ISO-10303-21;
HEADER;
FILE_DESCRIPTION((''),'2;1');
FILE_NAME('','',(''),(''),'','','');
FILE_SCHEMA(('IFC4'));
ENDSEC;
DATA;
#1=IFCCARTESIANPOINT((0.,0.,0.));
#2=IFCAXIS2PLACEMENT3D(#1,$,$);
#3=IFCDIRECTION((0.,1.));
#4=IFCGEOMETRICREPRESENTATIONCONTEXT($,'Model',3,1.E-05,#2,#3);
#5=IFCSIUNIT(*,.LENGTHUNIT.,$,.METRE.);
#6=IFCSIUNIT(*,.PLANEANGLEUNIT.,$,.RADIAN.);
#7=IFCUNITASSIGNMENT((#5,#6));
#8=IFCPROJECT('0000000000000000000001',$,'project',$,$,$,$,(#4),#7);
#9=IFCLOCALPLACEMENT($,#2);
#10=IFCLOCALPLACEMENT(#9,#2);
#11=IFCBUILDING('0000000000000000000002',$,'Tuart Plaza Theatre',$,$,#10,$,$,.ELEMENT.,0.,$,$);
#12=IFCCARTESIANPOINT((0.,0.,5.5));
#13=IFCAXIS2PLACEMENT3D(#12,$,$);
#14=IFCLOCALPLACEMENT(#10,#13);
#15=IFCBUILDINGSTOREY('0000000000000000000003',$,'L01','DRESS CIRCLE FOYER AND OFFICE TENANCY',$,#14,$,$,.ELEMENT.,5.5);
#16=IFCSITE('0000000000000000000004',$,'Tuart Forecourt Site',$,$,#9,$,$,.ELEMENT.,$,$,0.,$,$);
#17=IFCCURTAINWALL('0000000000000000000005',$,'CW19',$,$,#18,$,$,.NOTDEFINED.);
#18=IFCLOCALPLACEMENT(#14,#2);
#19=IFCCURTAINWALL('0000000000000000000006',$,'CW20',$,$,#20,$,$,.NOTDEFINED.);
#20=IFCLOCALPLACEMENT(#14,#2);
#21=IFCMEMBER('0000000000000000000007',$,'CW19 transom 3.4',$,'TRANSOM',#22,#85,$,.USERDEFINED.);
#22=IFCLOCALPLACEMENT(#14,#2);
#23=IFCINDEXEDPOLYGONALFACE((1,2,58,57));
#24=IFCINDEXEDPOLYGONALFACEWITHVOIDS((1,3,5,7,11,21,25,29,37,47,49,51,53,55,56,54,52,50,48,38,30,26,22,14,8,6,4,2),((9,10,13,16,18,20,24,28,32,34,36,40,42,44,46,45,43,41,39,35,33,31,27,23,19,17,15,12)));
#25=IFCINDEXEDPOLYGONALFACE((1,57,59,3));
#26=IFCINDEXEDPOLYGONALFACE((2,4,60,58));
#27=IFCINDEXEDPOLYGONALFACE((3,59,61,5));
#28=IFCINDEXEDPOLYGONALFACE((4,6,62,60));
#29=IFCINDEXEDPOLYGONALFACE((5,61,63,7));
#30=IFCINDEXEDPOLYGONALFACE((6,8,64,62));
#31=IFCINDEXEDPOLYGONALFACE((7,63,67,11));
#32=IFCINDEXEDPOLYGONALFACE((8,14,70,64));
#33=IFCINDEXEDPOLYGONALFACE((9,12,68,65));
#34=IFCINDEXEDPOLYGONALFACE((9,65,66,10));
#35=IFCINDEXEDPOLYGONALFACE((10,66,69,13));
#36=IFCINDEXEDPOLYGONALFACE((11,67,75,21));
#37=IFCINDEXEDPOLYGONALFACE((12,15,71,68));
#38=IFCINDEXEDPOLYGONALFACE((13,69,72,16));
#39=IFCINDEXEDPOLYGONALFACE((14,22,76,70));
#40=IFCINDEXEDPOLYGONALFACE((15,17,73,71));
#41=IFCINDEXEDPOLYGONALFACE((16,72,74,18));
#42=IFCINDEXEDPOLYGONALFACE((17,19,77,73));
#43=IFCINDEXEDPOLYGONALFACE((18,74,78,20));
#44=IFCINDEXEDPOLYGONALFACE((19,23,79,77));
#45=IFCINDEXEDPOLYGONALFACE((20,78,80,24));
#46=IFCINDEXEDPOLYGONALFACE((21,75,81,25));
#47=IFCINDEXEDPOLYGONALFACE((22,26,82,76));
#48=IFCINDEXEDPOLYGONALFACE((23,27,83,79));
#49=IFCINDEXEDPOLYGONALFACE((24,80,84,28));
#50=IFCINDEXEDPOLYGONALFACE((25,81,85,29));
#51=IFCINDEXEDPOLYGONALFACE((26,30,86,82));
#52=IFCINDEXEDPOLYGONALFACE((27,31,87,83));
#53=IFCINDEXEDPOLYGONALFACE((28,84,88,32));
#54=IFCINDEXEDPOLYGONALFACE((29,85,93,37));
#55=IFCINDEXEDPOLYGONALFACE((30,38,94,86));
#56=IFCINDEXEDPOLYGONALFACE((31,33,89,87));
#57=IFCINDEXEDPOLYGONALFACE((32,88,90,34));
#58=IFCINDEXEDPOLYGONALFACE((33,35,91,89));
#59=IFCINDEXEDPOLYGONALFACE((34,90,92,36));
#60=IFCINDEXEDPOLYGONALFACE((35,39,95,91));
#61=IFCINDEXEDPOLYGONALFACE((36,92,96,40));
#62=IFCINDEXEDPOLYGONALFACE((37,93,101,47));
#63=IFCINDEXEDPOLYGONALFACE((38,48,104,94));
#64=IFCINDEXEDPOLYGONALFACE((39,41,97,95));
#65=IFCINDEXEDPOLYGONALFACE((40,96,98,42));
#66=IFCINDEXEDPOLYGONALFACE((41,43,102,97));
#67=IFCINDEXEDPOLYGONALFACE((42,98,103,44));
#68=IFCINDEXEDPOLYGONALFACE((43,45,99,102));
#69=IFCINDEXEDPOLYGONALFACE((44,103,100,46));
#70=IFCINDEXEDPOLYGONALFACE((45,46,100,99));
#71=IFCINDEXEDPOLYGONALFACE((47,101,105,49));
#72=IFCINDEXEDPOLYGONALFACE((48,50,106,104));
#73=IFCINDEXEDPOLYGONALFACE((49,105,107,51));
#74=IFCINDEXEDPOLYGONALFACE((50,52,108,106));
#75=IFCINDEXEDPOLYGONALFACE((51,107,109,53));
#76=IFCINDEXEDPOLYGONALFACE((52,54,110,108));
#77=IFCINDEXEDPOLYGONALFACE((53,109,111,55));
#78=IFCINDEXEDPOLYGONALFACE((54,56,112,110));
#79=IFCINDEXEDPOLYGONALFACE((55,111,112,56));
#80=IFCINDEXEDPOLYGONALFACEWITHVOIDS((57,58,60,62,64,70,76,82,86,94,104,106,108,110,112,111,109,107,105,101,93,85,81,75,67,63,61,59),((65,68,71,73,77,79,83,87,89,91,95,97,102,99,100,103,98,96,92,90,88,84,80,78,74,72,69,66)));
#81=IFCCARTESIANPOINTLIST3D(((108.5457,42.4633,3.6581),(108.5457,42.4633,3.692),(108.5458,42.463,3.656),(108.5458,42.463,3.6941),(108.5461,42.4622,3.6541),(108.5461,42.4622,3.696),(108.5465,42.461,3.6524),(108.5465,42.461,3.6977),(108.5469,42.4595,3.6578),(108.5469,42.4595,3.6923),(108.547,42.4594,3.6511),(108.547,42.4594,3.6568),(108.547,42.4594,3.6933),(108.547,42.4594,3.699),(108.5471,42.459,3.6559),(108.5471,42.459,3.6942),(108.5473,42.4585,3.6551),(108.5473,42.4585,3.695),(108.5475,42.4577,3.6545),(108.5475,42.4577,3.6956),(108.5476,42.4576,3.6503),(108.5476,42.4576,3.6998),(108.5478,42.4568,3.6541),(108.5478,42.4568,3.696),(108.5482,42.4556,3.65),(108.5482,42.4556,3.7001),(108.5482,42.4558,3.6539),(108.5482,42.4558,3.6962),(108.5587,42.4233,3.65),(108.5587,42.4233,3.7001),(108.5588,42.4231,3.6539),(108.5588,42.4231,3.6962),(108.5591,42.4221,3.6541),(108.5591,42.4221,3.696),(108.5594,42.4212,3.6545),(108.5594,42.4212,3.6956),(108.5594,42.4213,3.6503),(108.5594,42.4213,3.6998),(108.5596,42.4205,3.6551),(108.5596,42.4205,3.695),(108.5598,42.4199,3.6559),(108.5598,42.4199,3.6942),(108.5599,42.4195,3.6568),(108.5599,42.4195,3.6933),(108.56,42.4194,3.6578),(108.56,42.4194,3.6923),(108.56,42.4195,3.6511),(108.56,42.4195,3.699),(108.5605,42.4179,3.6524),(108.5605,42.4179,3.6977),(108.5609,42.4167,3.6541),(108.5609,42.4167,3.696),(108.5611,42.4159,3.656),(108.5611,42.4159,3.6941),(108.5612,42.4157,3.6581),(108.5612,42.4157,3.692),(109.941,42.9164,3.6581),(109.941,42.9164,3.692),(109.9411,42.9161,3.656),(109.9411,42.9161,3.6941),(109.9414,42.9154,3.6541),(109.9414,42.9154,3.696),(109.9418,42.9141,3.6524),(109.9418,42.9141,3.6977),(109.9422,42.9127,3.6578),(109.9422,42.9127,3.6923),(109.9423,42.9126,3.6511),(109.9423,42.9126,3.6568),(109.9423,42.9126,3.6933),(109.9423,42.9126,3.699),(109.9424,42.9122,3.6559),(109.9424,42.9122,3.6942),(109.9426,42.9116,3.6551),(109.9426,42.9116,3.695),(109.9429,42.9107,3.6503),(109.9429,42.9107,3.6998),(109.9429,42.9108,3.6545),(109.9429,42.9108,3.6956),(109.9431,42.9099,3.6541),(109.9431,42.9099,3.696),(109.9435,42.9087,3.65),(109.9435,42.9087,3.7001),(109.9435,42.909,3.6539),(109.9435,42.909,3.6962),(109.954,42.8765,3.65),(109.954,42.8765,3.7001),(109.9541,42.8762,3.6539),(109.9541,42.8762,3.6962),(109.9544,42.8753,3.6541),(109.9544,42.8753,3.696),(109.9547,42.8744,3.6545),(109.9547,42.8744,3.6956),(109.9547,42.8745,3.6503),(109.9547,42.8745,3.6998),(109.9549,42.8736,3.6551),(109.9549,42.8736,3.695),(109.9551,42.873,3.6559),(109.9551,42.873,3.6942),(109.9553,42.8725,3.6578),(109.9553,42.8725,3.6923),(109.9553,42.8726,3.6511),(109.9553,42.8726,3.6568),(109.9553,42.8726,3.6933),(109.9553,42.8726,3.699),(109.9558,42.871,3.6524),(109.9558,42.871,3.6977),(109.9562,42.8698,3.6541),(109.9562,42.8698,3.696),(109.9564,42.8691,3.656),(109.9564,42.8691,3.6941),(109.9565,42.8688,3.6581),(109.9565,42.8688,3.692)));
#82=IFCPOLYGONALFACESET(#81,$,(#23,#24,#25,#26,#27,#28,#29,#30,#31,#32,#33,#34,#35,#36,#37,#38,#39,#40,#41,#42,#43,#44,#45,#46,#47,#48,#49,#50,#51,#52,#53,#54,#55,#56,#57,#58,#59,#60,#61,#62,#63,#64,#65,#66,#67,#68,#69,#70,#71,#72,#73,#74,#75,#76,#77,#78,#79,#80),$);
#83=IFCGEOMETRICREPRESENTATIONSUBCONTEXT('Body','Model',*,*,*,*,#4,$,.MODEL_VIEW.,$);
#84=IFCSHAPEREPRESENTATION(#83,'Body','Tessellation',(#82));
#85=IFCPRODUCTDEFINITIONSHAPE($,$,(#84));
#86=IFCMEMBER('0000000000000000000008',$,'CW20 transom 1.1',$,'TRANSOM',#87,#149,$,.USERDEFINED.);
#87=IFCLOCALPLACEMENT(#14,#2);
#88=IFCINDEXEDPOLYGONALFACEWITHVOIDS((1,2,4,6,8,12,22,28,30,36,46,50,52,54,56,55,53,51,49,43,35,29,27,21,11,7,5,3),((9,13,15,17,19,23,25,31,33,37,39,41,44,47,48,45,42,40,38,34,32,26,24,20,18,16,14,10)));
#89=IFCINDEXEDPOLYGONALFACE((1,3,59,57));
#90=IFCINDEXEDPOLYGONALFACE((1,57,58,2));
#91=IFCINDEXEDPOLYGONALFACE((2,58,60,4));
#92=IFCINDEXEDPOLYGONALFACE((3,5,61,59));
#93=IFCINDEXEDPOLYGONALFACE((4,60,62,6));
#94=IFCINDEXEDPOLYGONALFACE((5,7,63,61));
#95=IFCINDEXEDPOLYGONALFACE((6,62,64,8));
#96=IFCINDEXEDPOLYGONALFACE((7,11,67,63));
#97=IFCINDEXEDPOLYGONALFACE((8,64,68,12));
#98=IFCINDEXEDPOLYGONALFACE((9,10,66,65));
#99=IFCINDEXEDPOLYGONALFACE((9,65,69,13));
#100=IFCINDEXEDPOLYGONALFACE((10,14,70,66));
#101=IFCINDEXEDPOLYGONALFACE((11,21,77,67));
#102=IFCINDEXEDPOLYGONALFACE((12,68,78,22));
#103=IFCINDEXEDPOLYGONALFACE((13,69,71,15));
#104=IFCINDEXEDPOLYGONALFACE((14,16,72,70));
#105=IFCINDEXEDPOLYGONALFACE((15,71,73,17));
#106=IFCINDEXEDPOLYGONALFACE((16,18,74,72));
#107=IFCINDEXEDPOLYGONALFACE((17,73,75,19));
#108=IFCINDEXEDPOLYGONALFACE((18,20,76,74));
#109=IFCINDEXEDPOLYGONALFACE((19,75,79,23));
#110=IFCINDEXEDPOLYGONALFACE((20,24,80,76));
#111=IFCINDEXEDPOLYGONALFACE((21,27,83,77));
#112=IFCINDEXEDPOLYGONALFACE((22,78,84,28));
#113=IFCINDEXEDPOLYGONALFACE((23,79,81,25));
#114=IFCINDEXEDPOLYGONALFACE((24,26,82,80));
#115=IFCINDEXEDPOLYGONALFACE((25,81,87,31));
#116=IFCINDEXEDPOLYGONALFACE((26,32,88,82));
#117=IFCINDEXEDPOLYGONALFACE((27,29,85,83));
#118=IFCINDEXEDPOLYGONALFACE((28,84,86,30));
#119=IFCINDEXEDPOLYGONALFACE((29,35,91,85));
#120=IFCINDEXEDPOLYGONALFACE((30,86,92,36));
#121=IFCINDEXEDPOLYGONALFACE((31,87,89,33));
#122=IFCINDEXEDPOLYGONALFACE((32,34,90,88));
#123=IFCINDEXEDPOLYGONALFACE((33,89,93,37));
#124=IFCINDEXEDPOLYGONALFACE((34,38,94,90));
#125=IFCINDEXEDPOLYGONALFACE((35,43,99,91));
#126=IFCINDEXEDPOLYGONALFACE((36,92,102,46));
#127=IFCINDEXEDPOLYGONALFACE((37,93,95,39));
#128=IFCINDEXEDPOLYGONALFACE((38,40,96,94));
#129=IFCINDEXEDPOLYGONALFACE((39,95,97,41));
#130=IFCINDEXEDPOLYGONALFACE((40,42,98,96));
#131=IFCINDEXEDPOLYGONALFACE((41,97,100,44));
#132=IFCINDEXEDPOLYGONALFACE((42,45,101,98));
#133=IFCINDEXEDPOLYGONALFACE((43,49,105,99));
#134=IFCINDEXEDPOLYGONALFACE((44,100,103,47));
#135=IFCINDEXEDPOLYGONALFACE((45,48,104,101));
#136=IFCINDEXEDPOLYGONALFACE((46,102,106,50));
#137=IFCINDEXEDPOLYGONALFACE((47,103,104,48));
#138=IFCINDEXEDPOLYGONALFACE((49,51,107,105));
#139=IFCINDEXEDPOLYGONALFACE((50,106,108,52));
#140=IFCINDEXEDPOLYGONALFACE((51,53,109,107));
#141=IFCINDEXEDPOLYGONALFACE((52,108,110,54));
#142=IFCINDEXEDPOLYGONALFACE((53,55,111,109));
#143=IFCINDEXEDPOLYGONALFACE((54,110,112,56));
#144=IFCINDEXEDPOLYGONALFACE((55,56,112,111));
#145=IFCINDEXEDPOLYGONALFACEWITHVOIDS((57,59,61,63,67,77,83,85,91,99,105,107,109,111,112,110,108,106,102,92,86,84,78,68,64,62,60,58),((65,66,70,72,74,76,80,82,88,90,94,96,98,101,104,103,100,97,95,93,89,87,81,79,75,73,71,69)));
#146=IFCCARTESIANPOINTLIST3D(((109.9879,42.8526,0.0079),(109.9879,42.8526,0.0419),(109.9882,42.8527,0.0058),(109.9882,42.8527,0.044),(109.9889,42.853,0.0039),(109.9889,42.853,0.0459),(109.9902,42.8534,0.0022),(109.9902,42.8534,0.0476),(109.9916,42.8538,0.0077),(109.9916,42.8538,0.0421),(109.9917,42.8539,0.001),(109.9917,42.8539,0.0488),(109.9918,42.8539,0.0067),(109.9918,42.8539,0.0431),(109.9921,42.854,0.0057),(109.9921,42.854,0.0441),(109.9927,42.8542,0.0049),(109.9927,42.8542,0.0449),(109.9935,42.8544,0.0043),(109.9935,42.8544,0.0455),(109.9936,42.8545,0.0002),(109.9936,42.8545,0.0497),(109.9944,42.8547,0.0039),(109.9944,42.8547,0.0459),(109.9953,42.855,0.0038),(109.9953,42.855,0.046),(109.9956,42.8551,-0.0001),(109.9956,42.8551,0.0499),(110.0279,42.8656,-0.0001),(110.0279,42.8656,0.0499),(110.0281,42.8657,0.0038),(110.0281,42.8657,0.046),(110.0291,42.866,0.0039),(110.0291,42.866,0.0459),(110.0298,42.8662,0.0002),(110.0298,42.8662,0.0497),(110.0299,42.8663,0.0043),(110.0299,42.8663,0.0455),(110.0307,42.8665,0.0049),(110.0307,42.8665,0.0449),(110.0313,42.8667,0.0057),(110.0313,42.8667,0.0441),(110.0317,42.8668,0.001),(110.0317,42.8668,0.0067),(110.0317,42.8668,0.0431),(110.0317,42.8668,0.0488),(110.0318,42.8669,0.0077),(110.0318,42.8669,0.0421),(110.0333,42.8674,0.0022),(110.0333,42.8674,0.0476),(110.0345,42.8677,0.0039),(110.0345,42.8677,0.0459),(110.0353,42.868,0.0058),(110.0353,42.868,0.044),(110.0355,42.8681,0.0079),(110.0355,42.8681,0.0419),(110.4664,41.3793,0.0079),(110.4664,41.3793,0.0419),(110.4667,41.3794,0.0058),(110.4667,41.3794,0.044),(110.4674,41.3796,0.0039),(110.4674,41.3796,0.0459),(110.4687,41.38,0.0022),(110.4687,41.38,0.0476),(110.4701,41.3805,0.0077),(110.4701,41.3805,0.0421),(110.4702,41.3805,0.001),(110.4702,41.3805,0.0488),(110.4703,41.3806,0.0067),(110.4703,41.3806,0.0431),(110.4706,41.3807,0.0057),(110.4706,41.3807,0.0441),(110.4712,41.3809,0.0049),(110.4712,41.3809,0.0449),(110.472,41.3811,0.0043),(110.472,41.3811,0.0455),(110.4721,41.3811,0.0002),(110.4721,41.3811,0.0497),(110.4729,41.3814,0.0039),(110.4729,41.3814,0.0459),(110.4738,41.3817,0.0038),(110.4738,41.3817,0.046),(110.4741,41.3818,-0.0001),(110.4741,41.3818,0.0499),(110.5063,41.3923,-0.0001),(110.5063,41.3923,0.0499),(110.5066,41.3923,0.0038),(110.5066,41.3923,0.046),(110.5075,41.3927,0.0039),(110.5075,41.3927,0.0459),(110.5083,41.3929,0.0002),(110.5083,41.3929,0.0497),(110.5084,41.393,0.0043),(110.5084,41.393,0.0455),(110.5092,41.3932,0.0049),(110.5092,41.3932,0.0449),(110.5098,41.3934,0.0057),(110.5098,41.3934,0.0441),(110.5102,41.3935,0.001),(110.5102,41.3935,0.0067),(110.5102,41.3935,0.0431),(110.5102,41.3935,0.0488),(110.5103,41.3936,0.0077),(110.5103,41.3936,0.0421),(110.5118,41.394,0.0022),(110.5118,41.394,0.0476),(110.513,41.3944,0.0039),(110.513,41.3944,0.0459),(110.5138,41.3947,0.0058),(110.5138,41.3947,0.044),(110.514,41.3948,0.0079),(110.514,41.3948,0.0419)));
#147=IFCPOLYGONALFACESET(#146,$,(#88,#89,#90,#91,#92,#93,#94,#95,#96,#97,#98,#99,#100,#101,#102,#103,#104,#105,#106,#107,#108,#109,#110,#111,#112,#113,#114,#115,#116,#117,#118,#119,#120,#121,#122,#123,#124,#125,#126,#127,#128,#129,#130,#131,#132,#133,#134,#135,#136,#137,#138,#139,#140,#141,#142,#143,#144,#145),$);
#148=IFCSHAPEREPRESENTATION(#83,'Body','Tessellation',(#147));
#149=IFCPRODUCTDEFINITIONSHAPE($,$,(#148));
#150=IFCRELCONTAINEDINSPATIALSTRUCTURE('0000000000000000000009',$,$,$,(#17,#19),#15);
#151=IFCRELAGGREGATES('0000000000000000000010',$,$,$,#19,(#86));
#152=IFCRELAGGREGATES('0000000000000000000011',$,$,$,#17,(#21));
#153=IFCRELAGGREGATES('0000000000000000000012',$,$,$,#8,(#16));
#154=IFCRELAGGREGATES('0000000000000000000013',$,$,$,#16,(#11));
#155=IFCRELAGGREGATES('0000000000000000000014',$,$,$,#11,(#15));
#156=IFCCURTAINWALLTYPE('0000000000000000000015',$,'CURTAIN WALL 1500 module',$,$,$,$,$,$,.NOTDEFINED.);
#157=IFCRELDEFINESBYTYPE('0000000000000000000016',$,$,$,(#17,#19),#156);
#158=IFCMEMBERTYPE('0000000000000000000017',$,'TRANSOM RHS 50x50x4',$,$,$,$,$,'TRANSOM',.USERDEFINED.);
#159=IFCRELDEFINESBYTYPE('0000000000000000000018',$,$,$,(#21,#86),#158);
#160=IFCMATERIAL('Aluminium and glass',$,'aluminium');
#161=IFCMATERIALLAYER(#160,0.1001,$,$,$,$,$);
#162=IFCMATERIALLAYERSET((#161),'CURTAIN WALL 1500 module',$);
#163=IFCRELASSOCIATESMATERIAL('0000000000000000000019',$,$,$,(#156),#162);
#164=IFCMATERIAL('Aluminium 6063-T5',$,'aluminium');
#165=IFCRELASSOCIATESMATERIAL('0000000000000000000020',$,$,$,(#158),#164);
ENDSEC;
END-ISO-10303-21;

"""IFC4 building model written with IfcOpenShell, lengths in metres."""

from ifc_helpers import new_model, si_unit, direction, frame, origin, origin_2d, place, context, subcontext, project, spatial, hollow_rectangle, extrude, material, layer, layer_set, material_profile, profile_set, type_object, element, aggregate, save


model = new_model("IFC4")

# Units and contexts
model_context = context("Model", 3, precision=1e-05, world=origin(), true_north=direction((0.0, 1.0)))
body_context = subcontext(model_context, "Body", "Model", "MODEL_VIEW")
ifc_project = project(units=[si_unit("LENGTHUNIT", "METRE"), si_unit("PLANEANGLEUNIT", "RADIAN")], contexts=[model_context])

# Site, building, storey
site_placement = place(None, origin())
site = spatial("IfcSite", under=ifc_project, at=site_placement, Name="Tuart Forecourt Site", CompositionType="ELEMENT", RefElevation=0.0)
building_placement = place(site_placement, origin())
building = spatial("IfcBuilding", under=site, at=building_placement, Name="Tuart Plaza Theatre", CompositionType="ELEMENT", ElevationOfRefHeight=0.0)
storey_placement = place(building_placement, frame((0.0, 0.0, 5.5)))
storey = spatial("IfcBuildingStorey", under=building, at=storey_placement, Name="L01", Description="DRESS CIRCLE FOYER AND OFFICE TENANCY", CompositionType="ELEMENT", Elevation=5.5)

# Curtain wall
ifc_material_1 = material(Name="Aluminium and glass", Category="aluminium")
ifc_layer_1 = layer(ifc_material_1, 0.1001)
ifc_layer_set_1 = layer_set([ifc_layer_1], Name="CURTAIN WALL 1500 module")
curtain_wall_type = type_object("IfcCurtainWallType", Name="CURTAIN WALL 1500 module", PredefinedType="NOTDEFINED", material=ifc_layer_set_1)
curtain_wall_1_placement = place(storey_placement, origin())
curtain_wall_1 = element("IfcCurtainWall", 1, at=curtain_wall_1_placement, inside=storey, type_object=curtain_wall_type, Name="CW19", PredefinedType="NOTDEFINED")

# Curtain wall
curtain_wall_2_placement = place(storey_placement, origin())
curtain_wall_2 = element("IfcCurtainWall", 2, at=curtain_wall_2_placement, inside=storey, type_object=curtain_wall_type, Name="CW20", PredefinedType="NOTDEFINED")

# Members
ifc_material_2 = material(Name="Aluminium 6063-T5", Category="aluminium")
ifc_material_profile_1 = material_profile(ifc_material_2, hollow_rectangle(XDim=0.05, YDim=0.05, WallThickness=0.0039, InnerFilletRadius=0.0039, OuterFilletRadius=0.0081, at=origin_2d()), Name="RHS 50x50x4")
ifc_profile_set_1 = profile_set([ifc_material_profile_1], Name="Aluminium 6063-T5")
member_type_1 = type_object("IfcMemberType", Name="TRANSOM RHS 50x50x4", ElementType="TRANSOM", PredefinedType="USERDEFINED", material=ifc_profile_set_1)
member_1_placement = place(storey_placement, frame((108.5535, 42.4395, 3.675), z_axis=(0.951101, 0.308879, 0.0), x_axis=(-0.308879, 0.951101, 0.0)))
member_1 = element("IfcMember", 3, at=member_1_placement, type_object=member_type_1, Name="CW19 transom 3.4", ObjectType="TRANSOM", PredefinedType="USERDEFINED", context=body_context, shape_type="SweptSolid", body=[
    extrude(hollow_rectangle(XDim=0.05, YDim=0.05, WallThickness=0.0039, InnerFilletRadius=0.0039, OuterFilletRadius=0.0081, at=origin_2d()), origin(), (0.0, 0.0, 1.0), 1.467),
])
member_2_placement = place(storey_placement, frame((110.0117, 42.8604, 0.0249), z_axis=(0.30889, -0.951098, 0.0), x_axis=(0.951098, 0.30889, 0.0)))
member_2 = element("IfcMember", 4, at=member_2_placement, type_object=member_type_1, Name="CW20 transom 1.1", ObjectType="TRANSOM", PredefinedType="USERDEFINED", context=body_context, shape_type="SweptSolid", body=[
    extrude(hollow_rectangle(XDim=0.05, YDim=0.05, WallThickness=0.0039, InnerFilletRadius=0.0039, OuterFilletRadius=0.0081, at=origin_2d()), origin(), (0.0, 0.0, 1.0), 1.5491),
])
aggregate(curtain_wall_2, [member_2])

aggregate(curtain_wall_1, [member_1])

save(model, "model.ifc")
